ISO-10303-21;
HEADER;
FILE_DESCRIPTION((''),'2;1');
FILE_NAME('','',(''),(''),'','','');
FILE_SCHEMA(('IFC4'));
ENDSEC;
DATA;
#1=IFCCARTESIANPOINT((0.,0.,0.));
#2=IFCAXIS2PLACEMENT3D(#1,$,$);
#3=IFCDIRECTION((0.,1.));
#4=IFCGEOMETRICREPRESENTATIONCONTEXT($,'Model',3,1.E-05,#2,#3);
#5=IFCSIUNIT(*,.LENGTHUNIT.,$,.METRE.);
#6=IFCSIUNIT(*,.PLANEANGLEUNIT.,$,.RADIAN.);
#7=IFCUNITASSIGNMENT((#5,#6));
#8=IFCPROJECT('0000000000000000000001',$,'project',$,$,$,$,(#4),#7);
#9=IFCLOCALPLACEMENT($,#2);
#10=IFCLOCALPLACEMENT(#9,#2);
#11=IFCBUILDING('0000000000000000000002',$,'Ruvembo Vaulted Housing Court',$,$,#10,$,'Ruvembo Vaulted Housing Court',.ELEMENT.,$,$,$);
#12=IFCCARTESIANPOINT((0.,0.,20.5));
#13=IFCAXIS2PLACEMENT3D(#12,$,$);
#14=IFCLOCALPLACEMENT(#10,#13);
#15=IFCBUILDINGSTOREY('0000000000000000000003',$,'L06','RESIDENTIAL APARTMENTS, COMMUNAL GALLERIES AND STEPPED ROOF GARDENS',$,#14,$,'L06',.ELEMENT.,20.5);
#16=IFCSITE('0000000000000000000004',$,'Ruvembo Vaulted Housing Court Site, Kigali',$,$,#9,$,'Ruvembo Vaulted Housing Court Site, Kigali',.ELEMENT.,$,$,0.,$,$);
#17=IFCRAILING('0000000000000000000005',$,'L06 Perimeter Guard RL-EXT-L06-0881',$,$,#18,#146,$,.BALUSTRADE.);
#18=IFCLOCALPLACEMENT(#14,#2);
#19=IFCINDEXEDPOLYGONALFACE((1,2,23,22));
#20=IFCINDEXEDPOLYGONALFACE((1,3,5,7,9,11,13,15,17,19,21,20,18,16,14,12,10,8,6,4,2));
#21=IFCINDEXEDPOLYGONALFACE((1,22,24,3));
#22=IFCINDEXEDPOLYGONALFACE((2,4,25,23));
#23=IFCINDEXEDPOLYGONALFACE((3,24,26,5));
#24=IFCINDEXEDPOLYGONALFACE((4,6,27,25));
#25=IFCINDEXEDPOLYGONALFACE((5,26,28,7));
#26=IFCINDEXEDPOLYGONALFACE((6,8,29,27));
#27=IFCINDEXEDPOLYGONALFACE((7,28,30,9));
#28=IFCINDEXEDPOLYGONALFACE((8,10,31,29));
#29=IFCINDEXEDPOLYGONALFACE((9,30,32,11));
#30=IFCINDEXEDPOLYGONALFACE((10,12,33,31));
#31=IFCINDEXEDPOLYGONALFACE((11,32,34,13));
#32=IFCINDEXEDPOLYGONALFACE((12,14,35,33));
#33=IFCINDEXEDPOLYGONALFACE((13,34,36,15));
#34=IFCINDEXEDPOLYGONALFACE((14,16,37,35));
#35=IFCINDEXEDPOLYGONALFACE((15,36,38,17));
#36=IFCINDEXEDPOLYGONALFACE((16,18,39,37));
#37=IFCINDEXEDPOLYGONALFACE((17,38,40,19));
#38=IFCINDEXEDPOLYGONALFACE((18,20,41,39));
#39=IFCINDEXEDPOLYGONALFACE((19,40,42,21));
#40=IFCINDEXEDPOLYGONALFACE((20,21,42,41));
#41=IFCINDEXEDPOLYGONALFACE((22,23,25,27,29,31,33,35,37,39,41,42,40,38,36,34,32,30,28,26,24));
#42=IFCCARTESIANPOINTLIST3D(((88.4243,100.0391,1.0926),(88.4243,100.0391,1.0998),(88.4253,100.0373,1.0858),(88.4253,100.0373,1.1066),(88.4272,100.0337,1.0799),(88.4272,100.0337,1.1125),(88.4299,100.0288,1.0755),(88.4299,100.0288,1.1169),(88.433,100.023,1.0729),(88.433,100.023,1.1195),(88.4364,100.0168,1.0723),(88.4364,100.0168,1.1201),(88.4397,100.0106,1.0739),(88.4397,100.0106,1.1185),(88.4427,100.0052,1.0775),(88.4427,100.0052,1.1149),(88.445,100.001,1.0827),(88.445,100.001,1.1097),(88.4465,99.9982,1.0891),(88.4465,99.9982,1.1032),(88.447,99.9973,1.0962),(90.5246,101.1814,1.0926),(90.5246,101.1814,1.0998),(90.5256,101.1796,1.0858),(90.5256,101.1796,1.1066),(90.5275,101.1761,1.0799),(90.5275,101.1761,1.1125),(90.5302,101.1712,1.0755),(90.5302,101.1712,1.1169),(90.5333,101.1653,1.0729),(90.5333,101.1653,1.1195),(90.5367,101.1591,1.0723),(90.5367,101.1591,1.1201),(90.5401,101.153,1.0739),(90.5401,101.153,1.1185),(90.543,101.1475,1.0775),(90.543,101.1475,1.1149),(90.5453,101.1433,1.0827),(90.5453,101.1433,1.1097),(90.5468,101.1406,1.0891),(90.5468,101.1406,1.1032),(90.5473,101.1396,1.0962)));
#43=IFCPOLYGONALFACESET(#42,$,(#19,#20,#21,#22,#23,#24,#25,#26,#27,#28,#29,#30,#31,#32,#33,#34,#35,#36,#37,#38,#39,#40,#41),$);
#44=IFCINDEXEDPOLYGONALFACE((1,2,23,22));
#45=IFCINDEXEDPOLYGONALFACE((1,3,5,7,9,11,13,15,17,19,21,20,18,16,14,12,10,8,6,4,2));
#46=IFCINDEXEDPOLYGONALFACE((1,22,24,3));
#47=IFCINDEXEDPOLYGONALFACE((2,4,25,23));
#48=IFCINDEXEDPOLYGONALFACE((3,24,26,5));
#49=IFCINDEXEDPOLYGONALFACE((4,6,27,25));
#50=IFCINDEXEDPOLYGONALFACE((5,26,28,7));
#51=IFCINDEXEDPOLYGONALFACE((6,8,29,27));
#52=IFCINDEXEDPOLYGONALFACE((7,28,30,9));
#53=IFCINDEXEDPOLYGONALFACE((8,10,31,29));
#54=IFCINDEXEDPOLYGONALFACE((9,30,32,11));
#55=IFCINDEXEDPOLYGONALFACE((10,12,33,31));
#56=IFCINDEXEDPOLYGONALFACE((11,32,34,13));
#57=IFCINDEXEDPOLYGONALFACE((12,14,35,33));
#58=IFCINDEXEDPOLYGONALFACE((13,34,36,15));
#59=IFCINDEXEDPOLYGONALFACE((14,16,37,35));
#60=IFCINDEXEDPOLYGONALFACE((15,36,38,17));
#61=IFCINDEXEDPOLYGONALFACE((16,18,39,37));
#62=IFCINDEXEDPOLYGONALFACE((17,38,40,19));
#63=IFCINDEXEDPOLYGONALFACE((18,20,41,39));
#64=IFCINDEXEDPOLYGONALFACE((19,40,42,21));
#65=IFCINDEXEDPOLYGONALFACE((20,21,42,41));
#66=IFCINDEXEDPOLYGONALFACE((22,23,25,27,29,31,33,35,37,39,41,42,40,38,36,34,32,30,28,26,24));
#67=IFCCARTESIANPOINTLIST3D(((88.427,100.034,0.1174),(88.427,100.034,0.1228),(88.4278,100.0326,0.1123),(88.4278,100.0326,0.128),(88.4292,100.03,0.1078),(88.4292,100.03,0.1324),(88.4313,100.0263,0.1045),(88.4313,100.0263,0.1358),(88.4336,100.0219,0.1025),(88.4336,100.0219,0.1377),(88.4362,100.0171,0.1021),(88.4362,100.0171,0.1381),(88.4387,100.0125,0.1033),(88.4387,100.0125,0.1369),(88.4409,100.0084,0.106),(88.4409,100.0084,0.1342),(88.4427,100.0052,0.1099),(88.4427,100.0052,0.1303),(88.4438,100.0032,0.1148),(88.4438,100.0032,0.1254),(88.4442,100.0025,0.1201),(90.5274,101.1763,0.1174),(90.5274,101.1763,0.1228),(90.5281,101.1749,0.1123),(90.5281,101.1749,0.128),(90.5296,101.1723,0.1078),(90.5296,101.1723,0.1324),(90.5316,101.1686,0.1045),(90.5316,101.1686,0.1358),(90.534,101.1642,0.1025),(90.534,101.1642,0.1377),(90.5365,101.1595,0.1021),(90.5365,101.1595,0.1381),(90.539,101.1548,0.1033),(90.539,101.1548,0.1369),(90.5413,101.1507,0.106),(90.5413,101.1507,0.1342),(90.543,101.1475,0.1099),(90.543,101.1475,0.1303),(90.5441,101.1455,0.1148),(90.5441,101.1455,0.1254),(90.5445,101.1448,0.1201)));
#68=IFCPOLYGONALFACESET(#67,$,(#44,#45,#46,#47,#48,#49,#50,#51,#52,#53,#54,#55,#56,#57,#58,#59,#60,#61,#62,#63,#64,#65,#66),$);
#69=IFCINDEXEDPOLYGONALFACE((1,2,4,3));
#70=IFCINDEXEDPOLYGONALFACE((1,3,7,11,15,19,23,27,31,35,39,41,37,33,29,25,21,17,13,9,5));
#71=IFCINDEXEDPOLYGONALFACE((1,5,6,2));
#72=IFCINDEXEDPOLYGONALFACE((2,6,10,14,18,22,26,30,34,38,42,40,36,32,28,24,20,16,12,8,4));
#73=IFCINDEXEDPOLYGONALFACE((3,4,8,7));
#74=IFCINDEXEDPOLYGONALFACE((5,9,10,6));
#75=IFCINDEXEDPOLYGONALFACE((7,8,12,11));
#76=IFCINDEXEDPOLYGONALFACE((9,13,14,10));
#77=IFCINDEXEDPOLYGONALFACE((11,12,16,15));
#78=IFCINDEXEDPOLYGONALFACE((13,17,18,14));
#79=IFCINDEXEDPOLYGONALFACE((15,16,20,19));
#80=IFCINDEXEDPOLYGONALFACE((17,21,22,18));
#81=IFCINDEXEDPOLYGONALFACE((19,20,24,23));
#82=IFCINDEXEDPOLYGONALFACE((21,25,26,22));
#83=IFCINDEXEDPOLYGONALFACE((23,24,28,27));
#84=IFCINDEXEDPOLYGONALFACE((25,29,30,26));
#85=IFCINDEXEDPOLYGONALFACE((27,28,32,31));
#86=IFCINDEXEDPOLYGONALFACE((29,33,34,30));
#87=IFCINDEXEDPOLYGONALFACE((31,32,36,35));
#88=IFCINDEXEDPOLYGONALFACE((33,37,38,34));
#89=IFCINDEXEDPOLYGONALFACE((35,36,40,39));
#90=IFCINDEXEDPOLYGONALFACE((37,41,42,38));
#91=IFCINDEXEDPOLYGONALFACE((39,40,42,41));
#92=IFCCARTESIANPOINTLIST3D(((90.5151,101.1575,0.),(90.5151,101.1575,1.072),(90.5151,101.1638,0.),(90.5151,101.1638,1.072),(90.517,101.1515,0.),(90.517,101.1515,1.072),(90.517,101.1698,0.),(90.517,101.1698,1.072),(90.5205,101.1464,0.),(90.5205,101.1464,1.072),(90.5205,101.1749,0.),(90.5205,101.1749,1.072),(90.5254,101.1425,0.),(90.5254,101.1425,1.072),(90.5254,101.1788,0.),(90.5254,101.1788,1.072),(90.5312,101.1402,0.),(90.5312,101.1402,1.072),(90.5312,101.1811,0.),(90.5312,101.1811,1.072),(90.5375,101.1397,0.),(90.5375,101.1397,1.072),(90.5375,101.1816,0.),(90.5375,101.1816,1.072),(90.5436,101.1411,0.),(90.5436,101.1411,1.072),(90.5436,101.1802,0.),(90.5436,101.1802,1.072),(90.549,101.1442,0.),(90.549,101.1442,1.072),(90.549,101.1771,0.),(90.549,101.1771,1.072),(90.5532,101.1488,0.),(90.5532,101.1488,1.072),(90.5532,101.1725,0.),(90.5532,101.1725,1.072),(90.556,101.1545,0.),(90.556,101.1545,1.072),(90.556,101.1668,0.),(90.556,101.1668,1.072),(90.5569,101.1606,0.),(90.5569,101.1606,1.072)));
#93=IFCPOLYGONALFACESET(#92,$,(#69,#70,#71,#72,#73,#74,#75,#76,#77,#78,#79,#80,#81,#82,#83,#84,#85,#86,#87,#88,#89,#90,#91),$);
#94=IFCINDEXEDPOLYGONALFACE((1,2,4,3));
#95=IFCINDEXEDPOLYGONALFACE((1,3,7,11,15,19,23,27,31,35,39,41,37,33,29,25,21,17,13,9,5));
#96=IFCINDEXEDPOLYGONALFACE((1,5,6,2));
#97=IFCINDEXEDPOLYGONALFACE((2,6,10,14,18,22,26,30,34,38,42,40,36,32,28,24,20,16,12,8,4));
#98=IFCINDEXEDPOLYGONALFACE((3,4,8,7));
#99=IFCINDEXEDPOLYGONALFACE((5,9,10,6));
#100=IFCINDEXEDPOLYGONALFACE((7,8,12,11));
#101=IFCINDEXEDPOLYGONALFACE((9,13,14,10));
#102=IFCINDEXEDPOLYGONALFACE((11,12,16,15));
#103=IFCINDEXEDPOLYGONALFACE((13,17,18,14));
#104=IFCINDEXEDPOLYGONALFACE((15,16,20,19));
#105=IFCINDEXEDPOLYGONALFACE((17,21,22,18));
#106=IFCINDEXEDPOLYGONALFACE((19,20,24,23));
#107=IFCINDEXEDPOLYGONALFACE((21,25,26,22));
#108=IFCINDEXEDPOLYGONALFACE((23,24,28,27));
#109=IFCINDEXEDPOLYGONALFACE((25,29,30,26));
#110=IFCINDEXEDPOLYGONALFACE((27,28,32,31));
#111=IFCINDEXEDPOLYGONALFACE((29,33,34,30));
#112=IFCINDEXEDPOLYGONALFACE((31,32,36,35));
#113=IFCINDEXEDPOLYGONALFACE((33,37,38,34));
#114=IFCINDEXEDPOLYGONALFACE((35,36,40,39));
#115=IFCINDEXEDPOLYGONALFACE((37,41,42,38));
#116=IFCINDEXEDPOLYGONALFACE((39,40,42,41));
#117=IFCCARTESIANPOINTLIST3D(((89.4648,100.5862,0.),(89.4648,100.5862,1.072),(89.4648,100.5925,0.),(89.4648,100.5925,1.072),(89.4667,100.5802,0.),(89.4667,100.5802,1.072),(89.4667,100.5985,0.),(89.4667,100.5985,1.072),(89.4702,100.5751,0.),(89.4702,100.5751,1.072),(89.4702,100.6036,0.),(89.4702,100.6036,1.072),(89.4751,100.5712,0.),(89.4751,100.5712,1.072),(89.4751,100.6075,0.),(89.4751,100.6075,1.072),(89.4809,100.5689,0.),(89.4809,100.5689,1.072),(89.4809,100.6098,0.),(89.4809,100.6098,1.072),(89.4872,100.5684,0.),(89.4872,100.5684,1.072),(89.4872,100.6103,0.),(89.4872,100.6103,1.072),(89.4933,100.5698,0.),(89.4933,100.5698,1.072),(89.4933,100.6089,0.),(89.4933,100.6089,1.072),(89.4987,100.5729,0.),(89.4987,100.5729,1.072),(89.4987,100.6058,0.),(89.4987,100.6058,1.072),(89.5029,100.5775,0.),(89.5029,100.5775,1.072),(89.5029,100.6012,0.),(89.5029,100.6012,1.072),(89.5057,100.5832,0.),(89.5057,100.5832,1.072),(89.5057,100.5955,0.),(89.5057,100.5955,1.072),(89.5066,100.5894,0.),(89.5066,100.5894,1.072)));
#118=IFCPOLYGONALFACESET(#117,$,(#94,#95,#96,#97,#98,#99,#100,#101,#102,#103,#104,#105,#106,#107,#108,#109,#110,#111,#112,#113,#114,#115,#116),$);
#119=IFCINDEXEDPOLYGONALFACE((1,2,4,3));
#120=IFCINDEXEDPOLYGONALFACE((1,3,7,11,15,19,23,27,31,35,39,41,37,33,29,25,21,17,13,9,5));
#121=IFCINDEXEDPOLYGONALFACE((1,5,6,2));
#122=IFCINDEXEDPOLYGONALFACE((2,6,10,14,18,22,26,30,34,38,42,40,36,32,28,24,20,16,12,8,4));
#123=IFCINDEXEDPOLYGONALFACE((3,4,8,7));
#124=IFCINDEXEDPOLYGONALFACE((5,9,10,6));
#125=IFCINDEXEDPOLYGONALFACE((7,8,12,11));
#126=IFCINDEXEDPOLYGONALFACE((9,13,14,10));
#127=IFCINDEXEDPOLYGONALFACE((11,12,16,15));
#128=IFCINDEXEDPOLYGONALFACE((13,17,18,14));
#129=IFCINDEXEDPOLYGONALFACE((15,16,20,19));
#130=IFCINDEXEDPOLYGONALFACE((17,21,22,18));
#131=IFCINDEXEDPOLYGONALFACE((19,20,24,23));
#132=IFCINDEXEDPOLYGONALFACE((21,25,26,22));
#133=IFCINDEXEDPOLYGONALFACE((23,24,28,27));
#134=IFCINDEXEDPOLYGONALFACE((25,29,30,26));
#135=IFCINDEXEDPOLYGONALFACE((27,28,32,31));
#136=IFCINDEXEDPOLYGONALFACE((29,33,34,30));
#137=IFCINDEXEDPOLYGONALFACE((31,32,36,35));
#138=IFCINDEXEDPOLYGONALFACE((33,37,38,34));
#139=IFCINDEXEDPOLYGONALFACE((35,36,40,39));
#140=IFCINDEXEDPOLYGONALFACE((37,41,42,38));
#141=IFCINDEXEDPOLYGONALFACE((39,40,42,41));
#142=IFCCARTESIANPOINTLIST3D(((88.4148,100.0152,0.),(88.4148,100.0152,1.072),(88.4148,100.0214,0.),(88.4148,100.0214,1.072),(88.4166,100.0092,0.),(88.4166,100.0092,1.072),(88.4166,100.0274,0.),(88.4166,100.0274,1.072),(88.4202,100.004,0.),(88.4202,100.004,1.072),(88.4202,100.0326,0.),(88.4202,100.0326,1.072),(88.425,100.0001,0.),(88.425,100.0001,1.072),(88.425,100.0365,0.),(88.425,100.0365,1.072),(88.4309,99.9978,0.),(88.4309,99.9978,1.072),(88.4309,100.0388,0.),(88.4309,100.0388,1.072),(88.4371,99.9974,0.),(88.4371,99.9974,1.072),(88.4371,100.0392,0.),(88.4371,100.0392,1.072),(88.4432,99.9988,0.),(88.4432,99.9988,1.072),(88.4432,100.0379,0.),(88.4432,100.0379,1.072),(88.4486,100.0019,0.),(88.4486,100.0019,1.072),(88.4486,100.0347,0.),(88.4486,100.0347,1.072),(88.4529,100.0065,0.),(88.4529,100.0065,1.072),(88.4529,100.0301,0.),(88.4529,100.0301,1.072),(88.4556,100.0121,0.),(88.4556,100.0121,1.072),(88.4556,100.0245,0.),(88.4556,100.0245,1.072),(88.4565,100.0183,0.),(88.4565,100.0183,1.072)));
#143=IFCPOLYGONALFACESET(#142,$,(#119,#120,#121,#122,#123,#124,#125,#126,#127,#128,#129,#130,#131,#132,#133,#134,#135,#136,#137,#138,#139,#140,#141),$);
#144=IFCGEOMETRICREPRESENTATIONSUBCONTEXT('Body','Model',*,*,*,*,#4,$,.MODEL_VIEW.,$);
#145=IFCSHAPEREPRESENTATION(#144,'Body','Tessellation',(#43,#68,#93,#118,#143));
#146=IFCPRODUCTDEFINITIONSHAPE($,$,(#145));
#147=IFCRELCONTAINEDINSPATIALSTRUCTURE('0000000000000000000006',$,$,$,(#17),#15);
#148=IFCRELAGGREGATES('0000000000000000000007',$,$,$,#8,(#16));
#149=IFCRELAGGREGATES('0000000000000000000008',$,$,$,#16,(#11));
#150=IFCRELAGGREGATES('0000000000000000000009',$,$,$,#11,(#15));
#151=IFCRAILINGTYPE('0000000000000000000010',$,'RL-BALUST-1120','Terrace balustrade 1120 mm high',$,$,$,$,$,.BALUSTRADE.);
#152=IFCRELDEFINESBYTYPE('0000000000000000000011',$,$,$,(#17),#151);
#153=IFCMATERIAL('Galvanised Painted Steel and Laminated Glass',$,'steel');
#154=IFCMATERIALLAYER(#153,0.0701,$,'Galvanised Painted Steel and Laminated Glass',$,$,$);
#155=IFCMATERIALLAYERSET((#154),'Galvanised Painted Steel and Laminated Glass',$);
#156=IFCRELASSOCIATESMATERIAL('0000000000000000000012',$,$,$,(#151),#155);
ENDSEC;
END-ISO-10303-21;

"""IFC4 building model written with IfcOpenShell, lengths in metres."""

from ifc_helpers import new_model, si_unit, direction, frame, origin, origin_2d, place, context, subcontext, project, spatial, circle, extrude, material, layer, layer_set, type_object, element, save


model = new_model("IFC4")

# Units and contexts
model_context = context("Model", 3, precision=1e-05, world=origin(), true_north=direction((0.0, 1.0)))
body_context = subcontext(model_context, "Body", "Model", "MODEL_VIEW")
ifc_project = project(units=[si_unit("LENGTHUNIT", "METRE"), si_unit("PLANEANGLEUNIT", "RADIAN")], contexts=[model_context])

# Site, building, storey
site_placement = place(None, origin())
site = spatial("IfcSite", under=ifc_project, at=site_placement, Name="Ruvembo Vaulted Housing Court Site, Kigali", LongName="Ruvembo Vaulted Housing Court Site, Kigali", CompositionType="ELEMENT", RefElevation=0.0)
building_placement = place(site_placement, origin())
building = spatial("IfcBuilding", under=site, at=building_placement, Name="Ruvembo Vaulted Housing Court", LongName="Ruvembo Vaulted Housing Court", CompositionType="ELEMENT")
storey_placement = place(building_placement, frame((0.0, 0.0, 20.5)))
storey = spatial("IfcBuildingStorey", under=building, at=storey_placement, Name="L06", Description="RESIDENTIAL APARTMENTS, COMMUNAL GALLERIES AND STEPPED ROOF GARDENS", LongName="L06", CompositionType="ELEMENT", Elevation=20.5)

# Railing
ifc_material_1 = material(Name="Galvanised Painted Steel and Laminated Glass", Category="steel")
ifc_layer_1 = layer(ifc_material_1, 0.0701, Name="Galvanised Painted Steel and Laminated Glass")
ifc_layer_set_1 = layer_set([ifc_layer_1], Name="Galvanised Painted Steel and Laminated Glass")
railing_type = type_object("IfcRailingType", Name="RL-BALUST-1120", Description="Terrace balustrade 1120 mm high", PredefinedType="BALUSTRADE", material=ifc_layer_set_1)
railing_1_placement = place(storey_placement, frame((90.5359, 101.1606, 0.0)))
element("IfcRailing", 1, at=railing_1_placement, inside=storey, type_object=railing_type, Name="L06 Perimeter Guard RL-EXT-L06-0881", PredefinedType="BALUSTRADE", context=body_context, shape_type="SweptSolid", body=[
    extrude(circle(Radius=0.0239, at=origin_2d()), frame((0.0, 0.0, 1.0962), z_axis=(-0.878476, -0.477786, 0.0), x_axis=(0.477786, -0.878476, 0.0)), (0.0, 0.0, 1.0), 2.3909),
    extrude(circle(Radius=0.0181, at=origin_2d()), frame((0.0, 0.0, 0.1201), z_axis=(-0.878476, -0.477786, 0.0), x_axis=(0.477786, -0.878476, 0.0)), (0.0, 0.0, 1.0), 2.3909),
    extrude(circle(Radius=0.021, at=origin_2d()), origin(), (0.0, 0.0, 1.0), 1.072),
    extrude(circle(Radius=0.021, at=origin_2d()), frame((-1.0503, -0.5713, 0.0)), (0.0, 0.0, 1.0), 1.072),
    extrude(circle(Radius=0.021, at=origin_2d()), frame((-2.1003, -1.1423, 0.0)), (0.0, 0.0, 1.0), 1.072),
])

save(model, "model.ifc")
